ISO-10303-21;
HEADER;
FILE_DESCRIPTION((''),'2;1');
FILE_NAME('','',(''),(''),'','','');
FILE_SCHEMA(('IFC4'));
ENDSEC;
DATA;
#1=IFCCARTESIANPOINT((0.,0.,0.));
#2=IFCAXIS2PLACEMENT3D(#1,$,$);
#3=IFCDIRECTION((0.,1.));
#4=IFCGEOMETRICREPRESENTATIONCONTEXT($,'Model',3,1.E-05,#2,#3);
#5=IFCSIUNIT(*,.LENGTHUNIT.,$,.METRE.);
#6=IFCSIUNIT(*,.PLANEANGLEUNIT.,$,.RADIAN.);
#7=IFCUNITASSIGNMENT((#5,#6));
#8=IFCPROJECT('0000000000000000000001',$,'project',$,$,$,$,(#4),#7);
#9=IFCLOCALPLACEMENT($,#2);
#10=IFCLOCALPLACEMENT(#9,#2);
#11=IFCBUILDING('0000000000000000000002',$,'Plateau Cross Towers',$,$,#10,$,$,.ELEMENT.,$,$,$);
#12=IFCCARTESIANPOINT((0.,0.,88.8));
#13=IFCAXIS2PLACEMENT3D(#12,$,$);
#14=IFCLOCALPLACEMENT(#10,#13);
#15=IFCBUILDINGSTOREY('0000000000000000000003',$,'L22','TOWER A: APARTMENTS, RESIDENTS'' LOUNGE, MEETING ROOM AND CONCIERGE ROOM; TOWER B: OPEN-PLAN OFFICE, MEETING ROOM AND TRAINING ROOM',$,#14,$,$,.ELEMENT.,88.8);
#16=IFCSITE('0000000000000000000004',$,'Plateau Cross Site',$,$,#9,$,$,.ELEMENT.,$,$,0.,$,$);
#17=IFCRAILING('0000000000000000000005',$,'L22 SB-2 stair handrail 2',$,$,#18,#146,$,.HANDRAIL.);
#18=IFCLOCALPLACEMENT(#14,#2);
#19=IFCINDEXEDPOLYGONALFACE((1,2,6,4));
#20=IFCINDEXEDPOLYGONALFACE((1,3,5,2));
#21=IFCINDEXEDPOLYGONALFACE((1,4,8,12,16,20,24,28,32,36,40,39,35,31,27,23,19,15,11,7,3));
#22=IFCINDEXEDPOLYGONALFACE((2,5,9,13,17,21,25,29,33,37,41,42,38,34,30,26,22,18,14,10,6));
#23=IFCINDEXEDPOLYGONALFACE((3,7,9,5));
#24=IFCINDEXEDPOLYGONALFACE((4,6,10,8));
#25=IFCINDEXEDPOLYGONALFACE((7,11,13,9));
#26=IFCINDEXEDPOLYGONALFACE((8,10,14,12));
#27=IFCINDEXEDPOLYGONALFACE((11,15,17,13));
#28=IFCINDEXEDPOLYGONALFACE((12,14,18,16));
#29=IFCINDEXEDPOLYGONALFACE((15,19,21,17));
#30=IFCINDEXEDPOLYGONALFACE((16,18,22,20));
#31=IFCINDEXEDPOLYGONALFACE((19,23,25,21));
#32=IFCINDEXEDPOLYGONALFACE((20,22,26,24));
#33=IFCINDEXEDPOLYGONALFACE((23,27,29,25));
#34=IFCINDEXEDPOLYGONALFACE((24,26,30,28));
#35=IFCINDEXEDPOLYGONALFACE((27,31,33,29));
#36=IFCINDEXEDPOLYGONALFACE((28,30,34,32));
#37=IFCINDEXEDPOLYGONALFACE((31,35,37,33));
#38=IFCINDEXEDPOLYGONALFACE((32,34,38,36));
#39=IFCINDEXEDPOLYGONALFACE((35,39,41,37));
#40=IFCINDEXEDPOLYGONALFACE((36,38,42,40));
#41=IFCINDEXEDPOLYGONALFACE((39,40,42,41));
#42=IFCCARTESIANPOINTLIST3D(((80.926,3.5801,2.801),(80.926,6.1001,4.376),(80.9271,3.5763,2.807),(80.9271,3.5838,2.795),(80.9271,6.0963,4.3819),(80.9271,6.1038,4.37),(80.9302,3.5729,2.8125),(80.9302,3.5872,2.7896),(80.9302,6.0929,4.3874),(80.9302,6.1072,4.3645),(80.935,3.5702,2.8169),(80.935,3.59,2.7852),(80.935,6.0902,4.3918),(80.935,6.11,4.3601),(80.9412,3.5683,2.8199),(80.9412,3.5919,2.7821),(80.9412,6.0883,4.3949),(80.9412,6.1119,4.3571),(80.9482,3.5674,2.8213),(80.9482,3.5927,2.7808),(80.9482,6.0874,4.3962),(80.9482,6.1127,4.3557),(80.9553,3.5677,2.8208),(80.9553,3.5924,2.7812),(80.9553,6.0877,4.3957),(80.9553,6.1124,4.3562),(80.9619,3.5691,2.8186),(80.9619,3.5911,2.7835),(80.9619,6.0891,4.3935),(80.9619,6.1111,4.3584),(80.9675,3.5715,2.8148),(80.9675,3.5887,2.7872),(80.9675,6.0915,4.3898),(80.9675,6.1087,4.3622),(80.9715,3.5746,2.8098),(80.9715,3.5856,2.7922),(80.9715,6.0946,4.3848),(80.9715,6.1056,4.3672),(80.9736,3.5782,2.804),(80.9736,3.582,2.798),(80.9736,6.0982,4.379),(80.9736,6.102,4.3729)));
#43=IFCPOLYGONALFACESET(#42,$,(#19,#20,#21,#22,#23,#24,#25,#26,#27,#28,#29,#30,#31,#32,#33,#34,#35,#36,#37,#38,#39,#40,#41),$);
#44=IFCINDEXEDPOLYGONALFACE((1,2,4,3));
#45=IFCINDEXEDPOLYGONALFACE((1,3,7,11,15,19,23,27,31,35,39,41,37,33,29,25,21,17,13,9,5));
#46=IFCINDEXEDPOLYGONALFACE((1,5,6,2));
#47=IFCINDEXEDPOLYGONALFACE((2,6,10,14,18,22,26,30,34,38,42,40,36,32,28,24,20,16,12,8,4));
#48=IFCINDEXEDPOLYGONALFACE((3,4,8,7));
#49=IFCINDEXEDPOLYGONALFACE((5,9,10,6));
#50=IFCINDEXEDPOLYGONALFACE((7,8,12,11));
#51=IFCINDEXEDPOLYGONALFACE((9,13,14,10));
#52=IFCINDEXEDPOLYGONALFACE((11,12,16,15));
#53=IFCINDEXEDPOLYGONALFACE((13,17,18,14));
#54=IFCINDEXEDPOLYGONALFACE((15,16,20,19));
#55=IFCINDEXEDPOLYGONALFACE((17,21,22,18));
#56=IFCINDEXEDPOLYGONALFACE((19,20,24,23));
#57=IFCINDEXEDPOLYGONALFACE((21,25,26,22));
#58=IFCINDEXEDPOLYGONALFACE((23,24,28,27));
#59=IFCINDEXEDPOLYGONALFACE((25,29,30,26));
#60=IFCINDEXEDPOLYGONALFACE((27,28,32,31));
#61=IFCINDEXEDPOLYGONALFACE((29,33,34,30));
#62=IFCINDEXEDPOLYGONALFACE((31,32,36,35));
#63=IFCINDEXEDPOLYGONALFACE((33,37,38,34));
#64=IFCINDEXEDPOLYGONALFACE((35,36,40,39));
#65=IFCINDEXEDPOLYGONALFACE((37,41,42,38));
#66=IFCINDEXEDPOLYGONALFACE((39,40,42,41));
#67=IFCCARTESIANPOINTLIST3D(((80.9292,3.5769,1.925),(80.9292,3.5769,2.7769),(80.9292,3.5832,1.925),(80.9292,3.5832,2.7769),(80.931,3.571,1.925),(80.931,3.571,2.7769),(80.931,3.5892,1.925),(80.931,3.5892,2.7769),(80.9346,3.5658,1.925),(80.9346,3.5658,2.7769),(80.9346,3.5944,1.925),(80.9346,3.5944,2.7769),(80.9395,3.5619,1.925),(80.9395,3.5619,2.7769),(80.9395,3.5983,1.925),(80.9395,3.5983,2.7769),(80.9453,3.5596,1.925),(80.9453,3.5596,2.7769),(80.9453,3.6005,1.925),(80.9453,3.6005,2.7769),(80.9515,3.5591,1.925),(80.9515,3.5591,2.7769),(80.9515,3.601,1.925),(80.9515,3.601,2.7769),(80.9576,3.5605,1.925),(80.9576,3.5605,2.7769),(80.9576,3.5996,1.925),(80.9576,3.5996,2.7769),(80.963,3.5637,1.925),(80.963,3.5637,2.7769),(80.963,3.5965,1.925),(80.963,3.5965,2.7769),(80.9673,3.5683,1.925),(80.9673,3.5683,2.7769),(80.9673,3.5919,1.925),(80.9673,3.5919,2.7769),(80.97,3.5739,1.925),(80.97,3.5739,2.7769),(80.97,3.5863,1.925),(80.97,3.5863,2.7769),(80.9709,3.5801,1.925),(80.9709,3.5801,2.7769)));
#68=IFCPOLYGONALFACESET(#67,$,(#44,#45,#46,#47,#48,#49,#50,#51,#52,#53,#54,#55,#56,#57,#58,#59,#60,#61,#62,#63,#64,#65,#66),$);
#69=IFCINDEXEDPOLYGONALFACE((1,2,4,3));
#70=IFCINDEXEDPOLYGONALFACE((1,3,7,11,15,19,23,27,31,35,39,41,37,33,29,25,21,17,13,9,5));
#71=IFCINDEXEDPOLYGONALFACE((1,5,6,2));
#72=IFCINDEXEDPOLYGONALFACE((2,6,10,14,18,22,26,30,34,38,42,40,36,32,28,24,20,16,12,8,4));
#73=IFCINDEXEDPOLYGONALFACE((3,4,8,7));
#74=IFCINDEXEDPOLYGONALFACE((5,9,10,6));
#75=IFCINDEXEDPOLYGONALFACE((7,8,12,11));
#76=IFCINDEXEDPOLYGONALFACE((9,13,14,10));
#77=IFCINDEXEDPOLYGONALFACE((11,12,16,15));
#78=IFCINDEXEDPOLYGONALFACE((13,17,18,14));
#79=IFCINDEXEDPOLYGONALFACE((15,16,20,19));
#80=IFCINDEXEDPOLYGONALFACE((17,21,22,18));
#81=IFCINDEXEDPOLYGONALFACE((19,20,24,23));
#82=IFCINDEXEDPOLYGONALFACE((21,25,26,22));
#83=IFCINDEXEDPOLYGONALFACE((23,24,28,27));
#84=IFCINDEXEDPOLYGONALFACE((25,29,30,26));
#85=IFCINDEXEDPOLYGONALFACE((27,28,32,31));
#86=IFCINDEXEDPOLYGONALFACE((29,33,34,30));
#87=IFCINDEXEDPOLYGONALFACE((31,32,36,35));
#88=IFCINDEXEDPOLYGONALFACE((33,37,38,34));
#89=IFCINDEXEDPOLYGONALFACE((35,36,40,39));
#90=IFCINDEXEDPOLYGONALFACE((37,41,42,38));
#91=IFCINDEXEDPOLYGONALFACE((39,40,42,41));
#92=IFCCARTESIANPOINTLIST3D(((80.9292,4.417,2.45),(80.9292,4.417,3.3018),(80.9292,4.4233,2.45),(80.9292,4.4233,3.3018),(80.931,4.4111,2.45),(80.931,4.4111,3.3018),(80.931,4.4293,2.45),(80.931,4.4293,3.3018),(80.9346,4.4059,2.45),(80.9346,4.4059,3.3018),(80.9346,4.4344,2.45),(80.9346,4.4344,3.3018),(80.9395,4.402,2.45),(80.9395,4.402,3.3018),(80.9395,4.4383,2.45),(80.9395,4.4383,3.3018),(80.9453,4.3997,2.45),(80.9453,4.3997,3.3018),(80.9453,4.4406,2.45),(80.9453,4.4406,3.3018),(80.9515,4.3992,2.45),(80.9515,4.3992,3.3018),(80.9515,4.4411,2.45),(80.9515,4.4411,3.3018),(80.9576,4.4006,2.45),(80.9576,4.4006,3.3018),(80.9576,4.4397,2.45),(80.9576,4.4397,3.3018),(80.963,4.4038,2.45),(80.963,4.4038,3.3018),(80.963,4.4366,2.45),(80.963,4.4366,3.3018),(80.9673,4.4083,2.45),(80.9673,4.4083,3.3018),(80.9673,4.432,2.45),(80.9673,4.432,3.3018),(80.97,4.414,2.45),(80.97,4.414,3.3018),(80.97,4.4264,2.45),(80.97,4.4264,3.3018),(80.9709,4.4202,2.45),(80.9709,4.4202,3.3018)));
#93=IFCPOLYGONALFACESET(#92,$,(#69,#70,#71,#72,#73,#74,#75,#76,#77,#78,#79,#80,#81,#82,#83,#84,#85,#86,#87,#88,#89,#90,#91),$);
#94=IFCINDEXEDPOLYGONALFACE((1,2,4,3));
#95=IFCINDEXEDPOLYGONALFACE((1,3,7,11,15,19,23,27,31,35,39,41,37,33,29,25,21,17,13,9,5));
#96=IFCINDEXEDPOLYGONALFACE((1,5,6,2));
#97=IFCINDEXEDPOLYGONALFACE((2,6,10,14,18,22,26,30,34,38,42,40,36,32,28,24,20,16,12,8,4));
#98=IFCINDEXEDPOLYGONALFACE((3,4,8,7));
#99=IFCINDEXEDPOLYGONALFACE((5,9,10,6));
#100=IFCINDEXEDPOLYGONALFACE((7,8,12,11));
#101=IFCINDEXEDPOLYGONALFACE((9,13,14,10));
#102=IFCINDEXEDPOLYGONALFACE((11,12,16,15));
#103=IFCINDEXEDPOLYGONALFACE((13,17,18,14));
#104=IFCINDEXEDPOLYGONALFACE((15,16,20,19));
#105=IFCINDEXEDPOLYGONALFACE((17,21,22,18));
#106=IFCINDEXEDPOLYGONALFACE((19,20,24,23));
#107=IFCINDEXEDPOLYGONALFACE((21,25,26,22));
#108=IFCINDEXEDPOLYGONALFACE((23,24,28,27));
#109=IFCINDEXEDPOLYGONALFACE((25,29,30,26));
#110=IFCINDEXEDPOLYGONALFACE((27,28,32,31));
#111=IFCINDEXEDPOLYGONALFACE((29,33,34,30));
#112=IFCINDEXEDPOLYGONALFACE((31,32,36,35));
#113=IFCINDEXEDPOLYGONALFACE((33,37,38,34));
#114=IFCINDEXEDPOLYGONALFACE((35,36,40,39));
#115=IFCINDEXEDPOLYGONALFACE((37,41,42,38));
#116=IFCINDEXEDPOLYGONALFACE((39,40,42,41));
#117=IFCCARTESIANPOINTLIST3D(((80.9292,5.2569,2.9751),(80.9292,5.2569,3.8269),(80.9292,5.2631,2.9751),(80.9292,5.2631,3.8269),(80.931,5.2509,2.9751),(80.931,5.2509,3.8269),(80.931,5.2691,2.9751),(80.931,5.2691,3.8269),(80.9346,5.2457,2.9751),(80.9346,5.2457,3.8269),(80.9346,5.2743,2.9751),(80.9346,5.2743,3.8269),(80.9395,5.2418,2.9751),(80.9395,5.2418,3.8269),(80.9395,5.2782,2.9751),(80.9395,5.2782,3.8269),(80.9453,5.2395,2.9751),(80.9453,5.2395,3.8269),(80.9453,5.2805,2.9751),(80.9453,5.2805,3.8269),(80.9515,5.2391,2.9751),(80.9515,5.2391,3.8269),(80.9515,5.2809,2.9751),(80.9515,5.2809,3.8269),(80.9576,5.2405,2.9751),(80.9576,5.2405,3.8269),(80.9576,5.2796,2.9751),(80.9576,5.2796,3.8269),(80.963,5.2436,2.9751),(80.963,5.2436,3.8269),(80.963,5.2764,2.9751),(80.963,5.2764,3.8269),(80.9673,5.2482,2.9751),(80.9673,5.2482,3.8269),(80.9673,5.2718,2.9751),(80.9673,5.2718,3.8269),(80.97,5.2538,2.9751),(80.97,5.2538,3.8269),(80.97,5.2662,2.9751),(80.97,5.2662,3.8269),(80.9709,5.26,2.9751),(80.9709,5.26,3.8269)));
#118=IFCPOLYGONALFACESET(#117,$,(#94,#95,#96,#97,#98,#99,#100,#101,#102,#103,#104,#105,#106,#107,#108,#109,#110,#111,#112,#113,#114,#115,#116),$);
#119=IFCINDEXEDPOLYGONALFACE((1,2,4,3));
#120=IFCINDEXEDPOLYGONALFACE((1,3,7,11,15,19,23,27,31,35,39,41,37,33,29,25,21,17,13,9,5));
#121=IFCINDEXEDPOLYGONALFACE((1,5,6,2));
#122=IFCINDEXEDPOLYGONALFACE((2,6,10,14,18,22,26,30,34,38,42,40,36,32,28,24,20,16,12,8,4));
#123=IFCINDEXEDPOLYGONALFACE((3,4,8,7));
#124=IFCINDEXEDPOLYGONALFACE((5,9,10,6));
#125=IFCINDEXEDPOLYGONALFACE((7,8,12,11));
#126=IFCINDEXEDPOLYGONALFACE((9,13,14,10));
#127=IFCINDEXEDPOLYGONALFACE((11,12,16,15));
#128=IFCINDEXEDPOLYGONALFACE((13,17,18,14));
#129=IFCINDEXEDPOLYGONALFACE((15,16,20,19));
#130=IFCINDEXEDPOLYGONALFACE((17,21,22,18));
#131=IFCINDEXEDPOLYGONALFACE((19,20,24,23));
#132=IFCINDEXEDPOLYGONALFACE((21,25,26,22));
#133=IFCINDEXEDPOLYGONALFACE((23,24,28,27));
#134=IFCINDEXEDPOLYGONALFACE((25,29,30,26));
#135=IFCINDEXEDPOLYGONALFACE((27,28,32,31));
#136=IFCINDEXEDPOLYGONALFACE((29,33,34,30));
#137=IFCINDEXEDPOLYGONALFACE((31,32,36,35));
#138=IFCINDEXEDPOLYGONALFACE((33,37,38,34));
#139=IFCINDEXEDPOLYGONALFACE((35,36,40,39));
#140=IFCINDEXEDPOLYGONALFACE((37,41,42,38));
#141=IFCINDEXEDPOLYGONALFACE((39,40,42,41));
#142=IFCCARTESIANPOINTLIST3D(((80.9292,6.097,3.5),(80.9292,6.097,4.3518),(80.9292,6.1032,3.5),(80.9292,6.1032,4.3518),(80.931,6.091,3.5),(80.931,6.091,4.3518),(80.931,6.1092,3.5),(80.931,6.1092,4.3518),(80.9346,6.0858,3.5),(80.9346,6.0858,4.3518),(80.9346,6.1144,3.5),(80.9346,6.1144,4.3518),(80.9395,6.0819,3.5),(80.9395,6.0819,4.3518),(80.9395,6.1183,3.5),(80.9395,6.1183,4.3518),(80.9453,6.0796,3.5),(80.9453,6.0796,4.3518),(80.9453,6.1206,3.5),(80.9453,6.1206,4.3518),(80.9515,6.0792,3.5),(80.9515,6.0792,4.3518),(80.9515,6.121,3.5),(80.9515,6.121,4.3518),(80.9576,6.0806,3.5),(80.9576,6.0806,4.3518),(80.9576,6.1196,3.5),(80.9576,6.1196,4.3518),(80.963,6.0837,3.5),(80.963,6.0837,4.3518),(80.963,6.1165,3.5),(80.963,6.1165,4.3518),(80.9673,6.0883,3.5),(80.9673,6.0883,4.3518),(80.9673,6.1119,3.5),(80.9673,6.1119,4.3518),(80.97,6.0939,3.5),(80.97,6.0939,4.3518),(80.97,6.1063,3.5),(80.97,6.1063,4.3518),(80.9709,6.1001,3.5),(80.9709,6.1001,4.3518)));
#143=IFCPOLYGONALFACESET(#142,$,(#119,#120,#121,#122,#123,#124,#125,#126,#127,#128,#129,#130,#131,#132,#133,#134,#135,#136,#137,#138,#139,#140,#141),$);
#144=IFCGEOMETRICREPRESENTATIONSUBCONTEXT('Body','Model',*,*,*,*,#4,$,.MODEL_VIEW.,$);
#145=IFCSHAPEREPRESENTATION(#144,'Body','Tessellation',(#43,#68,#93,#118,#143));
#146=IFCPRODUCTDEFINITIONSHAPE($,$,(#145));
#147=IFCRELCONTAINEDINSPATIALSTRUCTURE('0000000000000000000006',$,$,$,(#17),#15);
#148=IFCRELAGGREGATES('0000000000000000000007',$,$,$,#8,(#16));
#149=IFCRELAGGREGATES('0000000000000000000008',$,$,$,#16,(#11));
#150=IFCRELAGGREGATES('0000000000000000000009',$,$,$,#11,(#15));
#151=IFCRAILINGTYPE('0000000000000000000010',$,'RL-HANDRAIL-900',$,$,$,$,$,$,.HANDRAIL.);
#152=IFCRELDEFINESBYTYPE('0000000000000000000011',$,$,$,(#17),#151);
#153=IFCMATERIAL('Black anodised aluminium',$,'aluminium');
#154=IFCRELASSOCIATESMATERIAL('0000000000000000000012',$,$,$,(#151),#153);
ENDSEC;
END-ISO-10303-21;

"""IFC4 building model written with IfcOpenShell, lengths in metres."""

from ifc_helpers import new_model, si_unit, direction, frame, origin, origin_2d, place, context, subcontext, project, spatial, circle, extrude, material, type_object, element, save


model = new_model("IFC4")

# Units and contexts
model_context = context("Model", 3, precision=1e-05, world=origin(), true_north=direction((0.0, 1.0)))
body_context = subcontext(model_context, "Body", "Model", "MODEL_VIEW")
ifc_project = project(units=[si_unit("LENGTHUNIT", "METRE"), si_unit("PLANEANGLEUNIT", "RADIAN")], contexts=[model_context])

# Site, building, storey
site_placement = place(None, origin())
site = spatial("IfcSite", under=ifc_project, at=site_placement, Name="Plateau Cross Site", CompositionType="ELEMENT", RefElevation=0.0)
building_placement = place(site_placement, origin())
building = spatial("IfcBuilding", under=site, at=building_placement, Name="Plateau Cross Towers", CompositionType="ELEMENT")
storey_placement = place(building_placement, frame((0.0, 0.0, 88.8)))
storey = spatial("IfcBuildingStorey", under=building, at=storey_placement, Name="L22", Description="TOWER A: APARTMENTS, RESIDENTS' LOUNGE, MEETING ROOM AND CONCIERGE ROOM; TOWER B: OPEN-PLAN OFFICE, MEETING ROOM AND TRAINING ROOM", CompositionType="ELEMENT", Elevation=88.8)

# Shared definitions
ifc_material_1 = material(Name="Black anodised aluminium", Category="aluminium")

# Railing
railing_type_1 = type_object("IfcRailingType", Name="RL-HANDRAIL-900", PredefinedType="HANDRAIL", material=ifc_material_1)
railing_1_placement = place(storey_placement, frame((80.95, 3.5801, 1.925)))
element("IfcRailing", 1, at=railing_1_placement, inside=storey, type_object=railing_type_1, Name="L22 SB-2 stair handrail 2", PredefinedType="HANDRAIL", context=body_context, shape_type="SweptSolid", body=[
    extrude(circle(Radius=0.0239, at=origin_2d()), frame((0.0, 0.0, 0.876), z_axis=(0.0, 0.848008, 0.529984), x_axis=(-1.0, 0.0, 0.0)), (0.0, 0.0, 1.0), 2.9717),
    extrude(circle(Radius=0.021, at=origin_2d()), origin(), (0.0, 0.0, 1.0), 0.8518),
    extrude(circle(Radius=0.021, at=origin_2d()), frame((0.0, 0.8401, 0.5249)), (0.0, 0.0, 1.0), 0.8518),
    extrude(circle(Radius=0.021, at=origin_2d()), frame((0.0, 1.6799, 1.05)), (0.0, 0.0, 1.0), 0.8518),
    extrude(circle(Radius=0.021, at=origin_2d()), frame((0.0, 2.52, 1.575)), (0.0, 0.0, 1.0), 0.8518),
])

save(model, "model.ifc")
